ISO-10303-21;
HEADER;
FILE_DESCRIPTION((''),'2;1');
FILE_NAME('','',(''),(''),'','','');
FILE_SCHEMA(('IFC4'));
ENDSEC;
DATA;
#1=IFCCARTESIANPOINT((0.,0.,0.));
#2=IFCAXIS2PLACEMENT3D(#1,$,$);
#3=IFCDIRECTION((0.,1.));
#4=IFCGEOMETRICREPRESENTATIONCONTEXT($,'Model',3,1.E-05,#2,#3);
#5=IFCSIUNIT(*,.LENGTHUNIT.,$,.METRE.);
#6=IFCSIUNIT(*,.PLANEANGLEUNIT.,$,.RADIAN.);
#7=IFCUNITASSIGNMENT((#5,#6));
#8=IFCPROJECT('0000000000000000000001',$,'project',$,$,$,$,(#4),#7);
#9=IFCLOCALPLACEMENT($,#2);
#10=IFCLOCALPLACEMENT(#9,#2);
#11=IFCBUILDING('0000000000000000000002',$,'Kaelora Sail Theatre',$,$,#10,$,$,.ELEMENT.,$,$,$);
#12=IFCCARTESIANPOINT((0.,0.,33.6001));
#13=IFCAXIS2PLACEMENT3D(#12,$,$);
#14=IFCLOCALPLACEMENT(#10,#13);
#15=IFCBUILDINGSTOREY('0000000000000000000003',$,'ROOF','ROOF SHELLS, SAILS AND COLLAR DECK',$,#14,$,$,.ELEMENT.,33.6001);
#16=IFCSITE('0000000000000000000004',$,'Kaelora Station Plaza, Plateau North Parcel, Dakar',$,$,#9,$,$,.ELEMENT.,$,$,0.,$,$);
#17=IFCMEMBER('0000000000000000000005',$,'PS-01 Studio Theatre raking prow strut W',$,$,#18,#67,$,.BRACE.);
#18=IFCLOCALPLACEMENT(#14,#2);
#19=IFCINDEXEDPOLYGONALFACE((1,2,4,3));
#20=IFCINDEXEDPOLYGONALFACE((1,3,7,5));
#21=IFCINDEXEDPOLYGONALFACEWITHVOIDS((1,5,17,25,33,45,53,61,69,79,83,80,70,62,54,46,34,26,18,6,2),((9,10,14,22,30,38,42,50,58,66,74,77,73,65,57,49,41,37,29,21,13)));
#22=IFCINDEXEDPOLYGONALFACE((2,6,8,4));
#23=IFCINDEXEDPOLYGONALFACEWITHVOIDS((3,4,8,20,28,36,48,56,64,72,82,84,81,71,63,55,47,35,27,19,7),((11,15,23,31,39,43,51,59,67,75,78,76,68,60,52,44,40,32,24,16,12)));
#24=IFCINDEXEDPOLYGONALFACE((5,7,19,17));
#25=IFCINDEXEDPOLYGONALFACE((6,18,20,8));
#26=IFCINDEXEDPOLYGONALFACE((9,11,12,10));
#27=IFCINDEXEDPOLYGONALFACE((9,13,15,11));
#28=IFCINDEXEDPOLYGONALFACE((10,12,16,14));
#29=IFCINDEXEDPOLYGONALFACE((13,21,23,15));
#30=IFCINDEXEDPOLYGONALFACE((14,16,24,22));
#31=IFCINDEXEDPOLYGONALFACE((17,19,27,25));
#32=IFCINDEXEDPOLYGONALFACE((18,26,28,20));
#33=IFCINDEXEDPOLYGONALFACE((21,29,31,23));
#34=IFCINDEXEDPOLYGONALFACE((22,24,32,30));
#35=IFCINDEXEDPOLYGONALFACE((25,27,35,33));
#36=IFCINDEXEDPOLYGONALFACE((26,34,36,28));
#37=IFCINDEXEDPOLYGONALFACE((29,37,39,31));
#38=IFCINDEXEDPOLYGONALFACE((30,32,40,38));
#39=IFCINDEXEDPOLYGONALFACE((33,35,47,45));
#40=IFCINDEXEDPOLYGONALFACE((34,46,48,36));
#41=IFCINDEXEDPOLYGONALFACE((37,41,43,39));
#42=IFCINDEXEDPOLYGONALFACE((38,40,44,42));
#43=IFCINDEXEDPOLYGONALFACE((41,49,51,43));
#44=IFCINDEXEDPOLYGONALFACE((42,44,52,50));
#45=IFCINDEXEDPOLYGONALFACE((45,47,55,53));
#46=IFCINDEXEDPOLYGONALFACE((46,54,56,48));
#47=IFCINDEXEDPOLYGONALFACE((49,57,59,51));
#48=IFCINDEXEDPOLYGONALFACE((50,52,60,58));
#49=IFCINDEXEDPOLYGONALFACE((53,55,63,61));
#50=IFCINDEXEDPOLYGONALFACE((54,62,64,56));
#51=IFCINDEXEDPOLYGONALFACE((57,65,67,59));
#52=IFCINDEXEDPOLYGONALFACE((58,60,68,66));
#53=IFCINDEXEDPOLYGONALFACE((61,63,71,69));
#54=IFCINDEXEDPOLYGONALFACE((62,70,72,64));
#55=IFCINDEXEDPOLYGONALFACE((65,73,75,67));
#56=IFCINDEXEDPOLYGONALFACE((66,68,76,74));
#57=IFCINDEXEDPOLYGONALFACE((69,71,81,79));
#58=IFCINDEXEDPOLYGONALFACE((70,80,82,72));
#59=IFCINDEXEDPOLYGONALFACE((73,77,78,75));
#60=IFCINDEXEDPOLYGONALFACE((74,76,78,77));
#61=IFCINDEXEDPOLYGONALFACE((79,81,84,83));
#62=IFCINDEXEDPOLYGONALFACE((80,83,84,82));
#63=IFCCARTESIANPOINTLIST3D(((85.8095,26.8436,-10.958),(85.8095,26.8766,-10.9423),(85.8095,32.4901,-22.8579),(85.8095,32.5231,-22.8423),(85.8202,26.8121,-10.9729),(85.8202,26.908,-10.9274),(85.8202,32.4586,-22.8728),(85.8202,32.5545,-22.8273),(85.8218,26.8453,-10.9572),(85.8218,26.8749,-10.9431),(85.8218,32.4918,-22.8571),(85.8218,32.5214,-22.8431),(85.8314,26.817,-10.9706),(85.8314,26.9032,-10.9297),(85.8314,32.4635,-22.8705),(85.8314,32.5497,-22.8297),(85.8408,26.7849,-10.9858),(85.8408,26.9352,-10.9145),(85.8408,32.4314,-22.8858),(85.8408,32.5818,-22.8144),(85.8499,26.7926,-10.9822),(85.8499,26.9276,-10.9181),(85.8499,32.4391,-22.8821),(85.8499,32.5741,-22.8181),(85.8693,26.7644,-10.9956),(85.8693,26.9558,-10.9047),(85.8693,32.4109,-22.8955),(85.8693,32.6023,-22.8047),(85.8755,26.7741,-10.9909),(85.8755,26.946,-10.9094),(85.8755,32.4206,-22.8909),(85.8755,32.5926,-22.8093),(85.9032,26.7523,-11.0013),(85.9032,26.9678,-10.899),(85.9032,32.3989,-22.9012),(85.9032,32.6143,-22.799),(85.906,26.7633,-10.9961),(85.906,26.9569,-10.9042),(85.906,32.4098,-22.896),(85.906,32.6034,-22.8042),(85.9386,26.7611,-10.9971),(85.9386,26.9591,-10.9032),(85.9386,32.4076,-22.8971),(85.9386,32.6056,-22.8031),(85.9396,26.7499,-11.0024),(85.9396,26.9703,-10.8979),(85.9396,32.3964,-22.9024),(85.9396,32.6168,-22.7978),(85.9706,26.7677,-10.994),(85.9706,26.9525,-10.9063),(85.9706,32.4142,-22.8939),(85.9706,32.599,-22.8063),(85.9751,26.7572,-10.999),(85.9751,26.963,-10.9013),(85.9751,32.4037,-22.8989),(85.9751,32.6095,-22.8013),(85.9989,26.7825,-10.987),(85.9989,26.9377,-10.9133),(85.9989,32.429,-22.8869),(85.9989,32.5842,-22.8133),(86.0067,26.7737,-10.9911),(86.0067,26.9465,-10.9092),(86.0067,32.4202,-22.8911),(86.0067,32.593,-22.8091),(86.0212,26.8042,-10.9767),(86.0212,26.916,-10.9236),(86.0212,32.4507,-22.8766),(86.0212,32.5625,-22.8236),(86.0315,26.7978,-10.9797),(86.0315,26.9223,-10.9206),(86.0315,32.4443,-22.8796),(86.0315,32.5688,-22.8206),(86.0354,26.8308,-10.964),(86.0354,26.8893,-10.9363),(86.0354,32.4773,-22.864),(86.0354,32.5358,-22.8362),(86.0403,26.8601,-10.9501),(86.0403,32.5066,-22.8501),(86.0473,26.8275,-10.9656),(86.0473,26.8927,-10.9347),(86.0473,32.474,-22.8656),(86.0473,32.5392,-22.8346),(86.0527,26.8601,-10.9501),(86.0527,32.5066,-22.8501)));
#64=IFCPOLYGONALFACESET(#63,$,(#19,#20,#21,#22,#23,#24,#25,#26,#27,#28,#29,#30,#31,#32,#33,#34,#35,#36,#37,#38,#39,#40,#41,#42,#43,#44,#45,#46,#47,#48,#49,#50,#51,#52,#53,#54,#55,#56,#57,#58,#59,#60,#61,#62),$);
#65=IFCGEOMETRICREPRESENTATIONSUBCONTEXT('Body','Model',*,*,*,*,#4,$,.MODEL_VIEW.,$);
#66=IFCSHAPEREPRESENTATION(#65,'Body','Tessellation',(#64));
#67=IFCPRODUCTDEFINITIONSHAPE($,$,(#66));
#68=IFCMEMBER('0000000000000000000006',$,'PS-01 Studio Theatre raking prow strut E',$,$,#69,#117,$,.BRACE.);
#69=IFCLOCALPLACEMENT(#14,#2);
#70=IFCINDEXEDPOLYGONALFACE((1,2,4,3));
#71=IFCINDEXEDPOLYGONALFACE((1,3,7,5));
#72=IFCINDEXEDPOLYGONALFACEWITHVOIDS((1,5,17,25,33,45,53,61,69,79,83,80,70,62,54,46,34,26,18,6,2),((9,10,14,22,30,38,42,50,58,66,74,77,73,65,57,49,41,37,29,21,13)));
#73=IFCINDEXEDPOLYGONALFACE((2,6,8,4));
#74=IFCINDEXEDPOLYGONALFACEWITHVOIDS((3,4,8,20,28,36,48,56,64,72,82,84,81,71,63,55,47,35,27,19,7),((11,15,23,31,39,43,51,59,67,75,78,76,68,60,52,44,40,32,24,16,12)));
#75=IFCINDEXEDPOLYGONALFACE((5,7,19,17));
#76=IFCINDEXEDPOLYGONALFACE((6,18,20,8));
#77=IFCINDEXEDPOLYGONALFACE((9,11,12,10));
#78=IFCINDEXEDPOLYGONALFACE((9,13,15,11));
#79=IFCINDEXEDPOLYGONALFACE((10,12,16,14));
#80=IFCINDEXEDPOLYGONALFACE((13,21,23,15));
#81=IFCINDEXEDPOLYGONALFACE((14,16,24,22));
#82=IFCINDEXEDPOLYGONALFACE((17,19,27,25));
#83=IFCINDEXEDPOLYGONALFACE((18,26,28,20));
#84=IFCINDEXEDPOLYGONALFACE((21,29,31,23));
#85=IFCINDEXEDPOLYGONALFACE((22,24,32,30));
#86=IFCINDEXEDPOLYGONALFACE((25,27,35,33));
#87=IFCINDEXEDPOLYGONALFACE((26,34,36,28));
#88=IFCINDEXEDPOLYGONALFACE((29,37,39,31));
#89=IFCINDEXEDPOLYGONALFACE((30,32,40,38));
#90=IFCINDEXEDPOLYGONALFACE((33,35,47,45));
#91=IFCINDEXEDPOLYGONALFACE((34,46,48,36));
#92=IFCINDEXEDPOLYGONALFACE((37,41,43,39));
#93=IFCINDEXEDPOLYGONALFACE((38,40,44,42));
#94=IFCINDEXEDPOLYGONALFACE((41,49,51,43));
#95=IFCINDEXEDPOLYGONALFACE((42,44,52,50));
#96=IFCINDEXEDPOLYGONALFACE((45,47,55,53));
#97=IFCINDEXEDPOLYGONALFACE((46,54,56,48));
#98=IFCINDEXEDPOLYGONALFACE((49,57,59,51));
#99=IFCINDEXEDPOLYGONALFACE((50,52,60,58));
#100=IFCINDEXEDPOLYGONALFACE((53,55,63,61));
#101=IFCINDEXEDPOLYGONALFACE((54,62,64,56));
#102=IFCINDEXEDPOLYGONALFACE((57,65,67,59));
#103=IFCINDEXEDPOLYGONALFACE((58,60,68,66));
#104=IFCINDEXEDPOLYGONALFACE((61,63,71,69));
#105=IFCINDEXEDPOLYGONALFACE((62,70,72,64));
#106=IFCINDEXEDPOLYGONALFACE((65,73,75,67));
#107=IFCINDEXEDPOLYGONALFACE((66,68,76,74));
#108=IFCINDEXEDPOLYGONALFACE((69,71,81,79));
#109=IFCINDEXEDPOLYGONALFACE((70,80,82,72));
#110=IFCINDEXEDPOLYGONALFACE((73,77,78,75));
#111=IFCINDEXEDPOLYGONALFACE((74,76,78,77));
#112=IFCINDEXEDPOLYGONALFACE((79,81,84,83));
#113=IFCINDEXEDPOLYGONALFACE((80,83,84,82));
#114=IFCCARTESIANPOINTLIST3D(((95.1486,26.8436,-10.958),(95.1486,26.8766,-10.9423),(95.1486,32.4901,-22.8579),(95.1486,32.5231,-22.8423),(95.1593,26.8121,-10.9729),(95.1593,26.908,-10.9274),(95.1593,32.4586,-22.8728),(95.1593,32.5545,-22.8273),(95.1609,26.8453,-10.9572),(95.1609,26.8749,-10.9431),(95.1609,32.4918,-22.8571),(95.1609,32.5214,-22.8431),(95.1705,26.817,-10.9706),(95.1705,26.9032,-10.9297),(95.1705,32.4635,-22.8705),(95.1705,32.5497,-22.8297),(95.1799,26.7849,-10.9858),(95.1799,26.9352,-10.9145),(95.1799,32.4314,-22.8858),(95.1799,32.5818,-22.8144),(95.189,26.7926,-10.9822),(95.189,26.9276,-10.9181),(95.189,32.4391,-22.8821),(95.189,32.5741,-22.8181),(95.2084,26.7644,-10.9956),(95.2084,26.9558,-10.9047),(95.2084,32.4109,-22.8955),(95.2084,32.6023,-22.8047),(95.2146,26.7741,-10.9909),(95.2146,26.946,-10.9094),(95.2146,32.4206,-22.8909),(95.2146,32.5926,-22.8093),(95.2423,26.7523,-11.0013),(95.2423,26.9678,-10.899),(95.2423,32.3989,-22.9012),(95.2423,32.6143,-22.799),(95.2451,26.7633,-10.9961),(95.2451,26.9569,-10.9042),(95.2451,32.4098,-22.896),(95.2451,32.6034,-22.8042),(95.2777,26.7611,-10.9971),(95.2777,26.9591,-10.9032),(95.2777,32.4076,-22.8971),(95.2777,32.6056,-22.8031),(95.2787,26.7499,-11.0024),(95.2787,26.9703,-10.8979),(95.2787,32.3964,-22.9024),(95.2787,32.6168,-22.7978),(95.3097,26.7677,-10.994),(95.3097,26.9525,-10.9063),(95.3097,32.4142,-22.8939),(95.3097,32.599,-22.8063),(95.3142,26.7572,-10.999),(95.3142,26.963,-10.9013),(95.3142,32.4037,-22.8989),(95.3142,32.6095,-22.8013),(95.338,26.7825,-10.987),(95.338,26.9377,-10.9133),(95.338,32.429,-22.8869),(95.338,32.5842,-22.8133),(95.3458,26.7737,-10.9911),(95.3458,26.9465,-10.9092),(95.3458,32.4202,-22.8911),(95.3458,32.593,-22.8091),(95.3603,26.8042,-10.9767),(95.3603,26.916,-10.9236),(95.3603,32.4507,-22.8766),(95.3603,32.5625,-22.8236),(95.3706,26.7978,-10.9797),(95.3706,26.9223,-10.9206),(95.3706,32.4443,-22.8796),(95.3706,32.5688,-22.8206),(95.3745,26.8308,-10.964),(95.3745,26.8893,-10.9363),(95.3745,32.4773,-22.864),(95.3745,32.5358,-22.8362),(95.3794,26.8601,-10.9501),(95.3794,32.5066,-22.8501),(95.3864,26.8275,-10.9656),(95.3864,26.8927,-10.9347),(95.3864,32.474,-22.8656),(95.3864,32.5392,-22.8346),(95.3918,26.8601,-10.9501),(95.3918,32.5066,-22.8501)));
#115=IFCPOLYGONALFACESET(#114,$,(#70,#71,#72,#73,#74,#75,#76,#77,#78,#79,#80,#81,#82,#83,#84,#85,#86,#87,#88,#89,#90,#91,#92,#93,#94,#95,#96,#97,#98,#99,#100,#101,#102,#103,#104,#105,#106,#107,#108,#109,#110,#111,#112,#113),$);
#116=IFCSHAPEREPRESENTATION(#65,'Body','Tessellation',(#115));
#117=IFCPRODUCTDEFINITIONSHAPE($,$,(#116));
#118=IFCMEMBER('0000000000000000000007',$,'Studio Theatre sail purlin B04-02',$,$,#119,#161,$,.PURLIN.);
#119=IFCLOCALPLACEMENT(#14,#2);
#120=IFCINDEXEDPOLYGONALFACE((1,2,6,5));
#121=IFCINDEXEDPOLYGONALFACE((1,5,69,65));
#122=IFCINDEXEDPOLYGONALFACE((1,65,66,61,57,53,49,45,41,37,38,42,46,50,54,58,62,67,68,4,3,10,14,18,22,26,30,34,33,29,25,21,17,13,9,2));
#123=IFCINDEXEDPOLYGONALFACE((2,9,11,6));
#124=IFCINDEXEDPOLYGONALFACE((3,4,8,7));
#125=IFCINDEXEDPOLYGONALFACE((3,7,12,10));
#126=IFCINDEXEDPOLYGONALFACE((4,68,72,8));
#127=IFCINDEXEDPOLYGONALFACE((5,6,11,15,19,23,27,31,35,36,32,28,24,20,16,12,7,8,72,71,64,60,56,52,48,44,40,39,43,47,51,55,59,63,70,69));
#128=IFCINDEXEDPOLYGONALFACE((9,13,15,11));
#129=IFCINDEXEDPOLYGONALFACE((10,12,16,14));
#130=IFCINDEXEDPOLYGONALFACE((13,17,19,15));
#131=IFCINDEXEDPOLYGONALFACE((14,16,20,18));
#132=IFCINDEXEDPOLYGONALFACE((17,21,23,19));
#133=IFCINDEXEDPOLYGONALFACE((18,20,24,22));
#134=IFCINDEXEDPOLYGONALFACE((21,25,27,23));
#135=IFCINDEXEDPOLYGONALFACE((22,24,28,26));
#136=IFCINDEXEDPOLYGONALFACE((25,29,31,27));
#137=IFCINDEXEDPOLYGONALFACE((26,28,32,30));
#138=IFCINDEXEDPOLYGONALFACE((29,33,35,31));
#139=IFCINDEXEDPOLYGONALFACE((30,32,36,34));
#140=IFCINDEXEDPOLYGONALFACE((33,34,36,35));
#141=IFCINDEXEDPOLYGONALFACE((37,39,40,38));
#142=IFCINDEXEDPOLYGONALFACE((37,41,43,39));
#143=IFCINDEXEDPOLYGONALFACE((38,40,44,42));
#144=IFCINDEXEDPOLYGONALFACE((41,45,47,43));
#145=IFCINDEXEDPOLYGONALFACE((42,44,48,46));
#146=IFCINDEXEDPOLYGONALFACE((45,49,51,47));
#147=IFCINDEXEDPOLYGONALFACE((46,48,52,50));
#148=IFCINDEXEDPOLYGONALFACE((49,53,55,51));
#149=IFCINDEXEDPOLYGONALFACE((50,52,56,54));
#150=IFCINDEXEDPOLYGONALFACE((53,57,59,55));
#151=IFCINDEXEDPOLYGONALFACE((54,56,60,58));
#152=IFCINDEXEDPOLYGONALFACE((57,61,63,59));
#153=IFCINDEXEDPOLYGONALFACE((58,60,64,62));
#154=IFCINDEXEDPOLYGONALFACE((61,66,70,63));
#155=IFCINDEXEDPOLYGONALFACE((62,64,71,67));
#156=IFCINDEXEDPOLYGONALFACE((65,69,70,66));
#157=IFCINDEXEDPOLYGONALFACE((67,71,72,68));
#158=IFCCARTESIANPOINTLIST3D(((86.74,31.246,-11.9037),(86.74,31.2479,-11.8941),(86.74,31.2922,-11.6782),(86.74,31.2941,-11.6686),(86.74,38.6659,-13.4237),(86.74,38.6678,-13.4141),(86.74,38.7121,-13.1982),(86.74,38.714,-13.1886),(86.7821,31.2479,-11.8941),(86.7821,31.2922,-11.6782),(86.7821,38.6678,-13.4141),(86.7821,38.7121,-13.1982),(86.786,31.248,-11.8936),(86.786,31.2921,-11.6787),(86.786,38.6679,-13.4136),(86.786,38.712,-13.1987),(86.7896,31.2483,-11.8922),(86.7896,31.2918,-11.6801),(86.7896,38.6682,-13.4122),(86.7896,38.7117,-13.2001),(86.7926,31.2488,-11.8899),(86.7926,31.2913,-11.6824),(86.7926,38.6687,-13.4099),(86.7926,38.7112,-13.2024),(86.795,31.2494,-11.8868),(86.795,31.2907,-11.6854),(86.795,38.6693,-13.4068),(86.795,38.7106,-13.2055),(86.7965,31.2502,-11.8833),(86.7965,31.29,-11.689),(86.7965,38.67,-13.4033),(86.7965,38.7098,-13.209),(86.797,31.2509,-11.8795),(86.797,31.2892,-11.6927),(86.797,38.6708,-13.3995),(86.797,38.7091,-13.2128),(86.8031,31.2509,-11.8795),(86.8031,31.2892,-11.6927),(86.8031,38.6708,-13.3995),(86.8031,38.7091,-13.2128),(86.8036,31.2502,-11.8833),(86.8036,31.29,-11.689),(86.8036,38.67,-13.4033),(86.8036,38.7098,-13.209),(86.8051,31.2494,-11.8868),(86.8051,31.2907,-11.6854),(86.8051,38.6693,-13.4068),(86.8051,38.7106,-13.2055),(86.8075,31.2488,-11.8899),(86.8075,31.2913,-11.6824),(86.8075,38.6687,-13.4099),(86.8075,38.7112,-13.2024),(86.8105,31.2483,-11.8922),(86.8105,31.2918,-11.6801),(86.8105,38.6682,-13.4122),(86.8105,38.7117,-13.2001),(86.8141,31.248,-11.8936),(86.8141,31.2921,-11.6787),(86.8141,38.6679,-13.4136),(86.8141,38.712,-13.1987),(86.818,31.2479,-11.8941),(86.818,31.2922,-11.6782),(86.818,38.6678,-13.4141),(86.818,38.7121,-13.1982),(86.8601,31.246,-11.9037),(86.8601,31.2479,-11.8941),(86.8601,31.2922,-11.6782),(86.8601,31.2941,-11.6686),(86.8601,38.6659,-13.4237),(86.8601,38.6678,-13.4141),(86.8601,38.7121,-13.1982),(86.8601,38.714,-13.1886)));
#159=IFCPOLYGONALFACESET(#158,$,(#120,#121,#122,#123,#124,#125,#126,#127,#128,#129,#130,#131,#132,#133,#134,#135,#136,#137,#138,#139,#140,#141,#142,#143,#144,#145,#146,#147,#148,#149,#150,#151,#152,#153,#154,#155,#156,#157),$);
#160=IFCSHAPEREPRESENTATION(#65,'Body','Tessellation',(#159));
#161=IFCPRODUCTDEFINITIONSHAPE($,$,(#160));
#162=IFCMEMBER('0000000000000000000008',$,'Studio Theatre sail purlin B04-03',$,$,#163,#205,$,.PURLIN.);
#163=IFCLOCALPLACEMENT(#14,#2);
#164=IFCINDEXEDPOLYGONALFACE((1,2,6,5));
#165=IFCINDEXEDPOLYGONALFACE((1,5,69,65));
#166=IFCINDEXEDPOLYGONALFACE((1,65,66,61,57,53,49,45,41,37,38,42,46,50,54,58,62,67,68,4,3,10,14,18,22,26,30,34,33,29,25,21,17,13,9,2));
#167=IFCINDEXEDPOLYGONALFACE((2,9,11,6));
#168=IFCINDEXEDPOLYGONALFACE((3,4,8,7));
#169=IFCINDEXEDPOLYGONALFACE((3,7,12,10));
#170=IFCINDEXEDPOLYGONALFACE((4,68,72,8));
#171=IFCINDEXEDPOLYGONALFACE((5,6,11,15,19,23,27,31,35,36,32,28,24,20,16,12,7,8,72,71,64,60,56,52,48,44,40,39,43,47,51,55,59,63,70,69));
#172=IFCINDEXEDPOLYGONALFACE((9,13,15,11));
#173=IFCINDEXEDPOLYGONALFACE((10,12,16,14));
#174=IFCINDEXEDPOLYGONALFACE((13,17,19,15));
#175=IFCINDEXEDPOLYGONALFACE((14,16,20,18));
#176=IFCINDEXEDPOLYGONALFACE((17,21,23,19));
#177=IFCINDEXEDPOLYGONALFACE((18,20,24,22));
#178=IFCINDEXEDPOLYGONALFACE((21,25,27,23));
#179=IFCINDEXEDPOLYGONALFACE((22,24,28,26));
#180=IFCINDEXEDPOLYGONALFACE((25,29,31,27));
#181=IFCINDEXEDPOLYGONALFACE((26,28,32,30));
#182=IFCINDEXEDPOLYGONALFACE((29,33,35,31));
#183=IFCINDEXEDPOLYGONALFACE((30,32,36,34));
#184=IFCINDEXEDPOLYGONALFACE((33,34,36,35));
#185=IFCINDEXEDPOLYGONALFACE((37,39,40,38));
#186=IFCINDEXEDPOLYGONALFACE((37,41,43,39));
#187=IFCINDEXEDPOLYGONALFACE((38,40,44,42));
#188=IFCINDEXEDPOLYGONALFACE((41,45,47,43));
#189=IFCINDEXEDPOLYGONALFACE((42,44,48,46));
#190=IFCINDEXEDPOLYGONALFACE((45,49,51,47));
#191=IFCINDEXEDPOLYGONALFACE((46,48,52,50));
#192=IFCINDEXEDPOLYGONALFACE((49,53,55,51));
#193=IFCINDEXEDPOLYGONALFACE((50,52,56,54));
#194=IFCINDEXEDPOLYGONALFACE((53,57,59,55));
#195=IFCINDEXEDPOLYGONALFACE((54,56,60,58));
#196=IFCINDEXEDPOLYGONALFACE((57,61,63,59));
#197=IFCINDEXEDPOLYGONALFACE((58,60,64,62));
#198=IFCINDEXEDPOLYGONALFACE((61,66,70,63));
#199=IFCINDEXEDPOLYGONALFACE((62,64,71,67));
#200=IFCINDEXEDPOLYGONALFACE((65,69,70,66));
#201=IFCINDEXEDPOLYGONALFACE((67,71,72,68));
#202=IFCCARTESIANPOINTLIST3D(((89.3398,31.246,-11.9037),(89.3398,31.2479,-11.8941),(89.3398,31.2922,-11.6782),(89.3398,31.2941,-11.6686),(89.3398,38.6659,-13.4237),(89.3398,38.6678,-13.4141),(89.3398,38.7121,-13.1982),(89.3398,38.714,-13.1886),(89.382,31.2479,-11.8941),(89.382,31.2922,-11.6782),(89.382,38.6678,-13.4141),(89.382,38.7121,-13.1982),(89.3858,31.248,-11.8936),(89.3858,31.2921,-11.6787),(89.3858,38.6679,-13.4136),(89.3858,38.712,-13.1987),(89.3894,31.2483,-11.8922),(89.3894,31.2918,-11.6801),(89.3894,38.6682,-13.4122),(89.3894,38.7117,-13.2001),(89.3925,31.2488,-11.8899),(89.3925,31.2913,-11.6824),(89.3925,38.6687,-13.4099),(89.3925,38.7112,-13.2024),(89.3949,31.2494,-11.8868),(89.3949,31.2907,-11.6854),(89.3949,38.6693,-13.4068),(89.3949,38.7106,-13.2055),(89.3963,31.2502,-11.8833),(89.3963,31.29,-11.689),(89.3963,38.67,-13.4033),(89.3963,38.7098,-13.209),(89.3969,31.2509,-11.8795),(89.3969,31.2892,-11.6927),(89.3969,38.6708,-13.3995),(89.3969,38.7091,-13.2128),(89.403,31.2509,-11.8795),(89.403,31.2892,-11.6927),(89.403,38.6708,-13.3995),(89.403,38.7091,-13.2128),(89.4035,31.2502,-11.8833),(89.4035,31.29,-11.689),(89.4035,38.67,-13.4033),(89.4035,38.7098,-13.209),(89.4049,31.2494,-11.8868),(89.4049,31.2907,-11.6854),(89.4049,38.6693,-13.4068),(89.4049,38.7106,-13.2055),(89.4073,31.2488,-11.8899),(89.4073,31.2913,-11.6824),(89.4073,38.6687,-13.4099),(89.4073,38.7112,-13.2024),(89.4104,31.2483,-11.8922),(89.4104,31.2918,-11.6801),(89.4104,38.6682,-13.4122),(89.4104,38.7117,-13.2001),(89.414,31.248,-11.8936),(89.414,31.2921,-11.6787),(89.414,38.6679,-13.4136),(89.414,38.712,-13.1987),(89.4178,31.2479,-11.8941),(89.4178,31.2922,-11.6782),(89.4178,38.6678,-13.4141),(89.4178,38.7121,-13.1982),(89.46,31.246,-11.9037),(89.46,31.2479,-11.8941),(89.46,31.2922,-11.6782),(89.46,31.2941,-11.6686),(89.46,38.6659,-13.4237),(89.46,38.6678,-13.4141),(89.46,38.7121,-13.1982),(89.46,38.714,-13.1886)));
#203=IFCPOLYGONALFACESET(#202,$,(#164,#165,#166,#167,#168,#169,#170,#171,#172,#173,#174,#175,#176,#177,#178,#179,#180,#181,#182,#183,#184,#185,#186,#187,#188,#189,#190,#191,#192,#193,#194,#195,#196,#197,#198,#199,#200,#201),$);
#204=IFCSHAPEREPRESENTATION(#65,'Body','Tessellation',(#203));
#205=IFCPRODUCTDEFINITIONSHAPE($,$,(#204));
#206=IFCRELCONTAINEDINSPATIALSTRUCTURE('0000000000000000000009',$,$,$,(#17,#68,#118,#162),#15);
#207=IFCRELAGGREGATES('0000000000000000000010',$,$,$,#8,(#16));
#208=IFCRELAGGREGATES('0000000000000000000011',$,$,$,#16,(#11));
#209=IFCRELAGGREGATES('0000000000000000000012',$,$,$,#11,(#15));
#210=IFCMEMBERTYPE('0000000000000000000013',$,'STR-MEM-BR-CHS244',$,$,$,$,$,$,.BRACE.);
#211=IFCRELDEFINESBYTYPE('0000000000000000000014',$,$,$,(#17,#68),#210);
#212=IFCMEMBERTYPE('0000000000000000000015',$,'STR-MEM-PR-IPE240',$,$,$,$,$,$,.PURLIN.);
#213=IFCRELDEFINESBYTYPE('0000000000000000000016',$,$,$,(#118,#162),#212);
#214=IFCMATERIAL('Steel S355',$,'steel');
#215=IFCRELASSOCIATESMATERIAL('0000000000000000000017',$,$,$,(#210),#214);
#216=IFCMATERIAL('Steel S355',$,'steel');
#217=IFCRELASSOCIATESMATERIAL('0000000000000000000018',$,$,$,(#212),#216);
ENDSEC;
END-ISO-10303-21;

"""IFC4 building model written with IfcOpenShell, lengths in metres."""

from ifc_helpers import new_model, si_unit, direction, frame, origin, origin_2d, place, context, subcontext, project, spatial, hollow_circle, i_section, extrude, material, material_profile, profile_set, type_object, element, save


model = new_model("IFC4")

# Units and contexts
model_context = context("Model", 3, precision=1e-05, world=origin(), true_north=direction((0.0, 1.0)))
body_context = subcontext(model_context, "Body", "Model", "MODEL_VIEW")
ifc_project = project(units=[si_unit("LENGTHUNIT", "METRE"), si_unit("PLANEANGLEUNIT", "RADIAN")], contexts=[model_context])

# Site, building, storey
site_placement = place(None, origin())
site = spatial("IfcSite", under=ifc_project, at=site_placement, Name="Kaelora Station Plaza, Plateau North Parcel, Dakar", CompositionType="ELEMENT", RefElevation=0.0)
building_placement = place(site_placement, origin())
building = spatial("IfcBuilding", under=site, at=building_placement, Name="Kaelora Sail Theatre", CompositionType="ELEMENT")
storey_placement = place(building_placement, frame((0.0, 0.0, 33.6001)))
storey = spatial("IfcBuildingStorey", under=building, at=storey_placement, Name="ROOF", Description="ROOF SHELLS, SAILS AND COLLAR DECK", CompositionType="ELEMENT", Elevation=33.6001)

# Members
ifc_material_1 = material(Name="Steel S355", Category="steel")
ifc_material_profile_1 = material_profile(ifc_material_1, hollow_circle(Radius=0.1223, WallThickness=0.0125, at=origin_2d()), Name="CHS 244.5x12.5")
ifc_profile_set_1 = profile_set([ifc_material_profile_1], Name="Steel S355")
member_type_1 = type_object("IfcMemberType", Name="STR-MEM-BR-CHS244", PredefinedType="BRACE", material=ifc_profile_set_1)
for number, where, z_axis, x_axis, name in (
    (1, (85.9304, 32.5066, -22.8501), (0.0, -0.428687, 0.903453), (1.0, 0.0, 0.0), "PS-01 Studio Theatre raking prow strut W"),
    (2, (95.2695, 32.5066, -22.8501), (0.0, -0.428687, 0.903453), (1.0, 0.0, 0.0), "PS-01 Studio Theatre raking prow strut E"),
):
    element("IfcMember", number, at=place(storey_placement, frame(where, z_axis=z_axis, x_axis=x_axis)), inside=storey, type_object=member_type_1, Name=name, PredefinedType="BRACE", context=body_context, shape_type="SweptSolid", body=[
        extrude(hollow_circle(Radius=0.1223, WallThickness=0.0125, at=origin_2d()), origin(), (0.0, 0.0, 1.0), 13.1716),
    ])
ifc_material_2 = material(Name="Steel S355", Category="steel")
ifc_material_profile_2 = material_profile(ifc_material_2, i_section(OverallWidth=0.1201, OverallDepth=0.24, WebThickness=0.0061, FlangeThickness=0.0098, FilletRadius=0.0149, at=origin_2d()), Name="IPE 240")
ifc_profile_set_2 = profile_set([ifc_material_profile_2], Name="Steel S355")
member_type_2 = type_object("IfcMemberType", Name="STR-MEM-PR-IPE240", PredefinedType="PURLIN", material=ifc_profile_set_2)
for number, where, z_axis, x_axis, name in (
    (3, (86.8, 38.6899, -13.3062), (0.0, -0.979655, 0.200689), (1.0, 0.0, 0.0), "Studio Theatre sail purlin B04-02"),
    (4, (89.3999, 38.6899, -13.3062), (0.0, -0.979655, 0.200689), (1.0, 0.0, 0.0), "Studio Theatre sail purlin B04-03"),
):
    element("IfcMember", number, at=place(storey_placement, frame(where, z_axis=z_axis, x_axis=x_axis)), inside=storey, type_object=member_type_2, Name=name, PredefinedType="PURLIN", context=body_context, shape_type="SweptSolid", body=[
        extrude(i_section(OverallWidth=0.1201, OverallDepth=0.24, WebThickness=0.0061, FlangeThickness=0.0098, FilletRadius=0.0149, at=origin_2d()), origin(), (0.0, 0.0, 1.0), 7.574),
    ])

save(model, "model.ifc")
